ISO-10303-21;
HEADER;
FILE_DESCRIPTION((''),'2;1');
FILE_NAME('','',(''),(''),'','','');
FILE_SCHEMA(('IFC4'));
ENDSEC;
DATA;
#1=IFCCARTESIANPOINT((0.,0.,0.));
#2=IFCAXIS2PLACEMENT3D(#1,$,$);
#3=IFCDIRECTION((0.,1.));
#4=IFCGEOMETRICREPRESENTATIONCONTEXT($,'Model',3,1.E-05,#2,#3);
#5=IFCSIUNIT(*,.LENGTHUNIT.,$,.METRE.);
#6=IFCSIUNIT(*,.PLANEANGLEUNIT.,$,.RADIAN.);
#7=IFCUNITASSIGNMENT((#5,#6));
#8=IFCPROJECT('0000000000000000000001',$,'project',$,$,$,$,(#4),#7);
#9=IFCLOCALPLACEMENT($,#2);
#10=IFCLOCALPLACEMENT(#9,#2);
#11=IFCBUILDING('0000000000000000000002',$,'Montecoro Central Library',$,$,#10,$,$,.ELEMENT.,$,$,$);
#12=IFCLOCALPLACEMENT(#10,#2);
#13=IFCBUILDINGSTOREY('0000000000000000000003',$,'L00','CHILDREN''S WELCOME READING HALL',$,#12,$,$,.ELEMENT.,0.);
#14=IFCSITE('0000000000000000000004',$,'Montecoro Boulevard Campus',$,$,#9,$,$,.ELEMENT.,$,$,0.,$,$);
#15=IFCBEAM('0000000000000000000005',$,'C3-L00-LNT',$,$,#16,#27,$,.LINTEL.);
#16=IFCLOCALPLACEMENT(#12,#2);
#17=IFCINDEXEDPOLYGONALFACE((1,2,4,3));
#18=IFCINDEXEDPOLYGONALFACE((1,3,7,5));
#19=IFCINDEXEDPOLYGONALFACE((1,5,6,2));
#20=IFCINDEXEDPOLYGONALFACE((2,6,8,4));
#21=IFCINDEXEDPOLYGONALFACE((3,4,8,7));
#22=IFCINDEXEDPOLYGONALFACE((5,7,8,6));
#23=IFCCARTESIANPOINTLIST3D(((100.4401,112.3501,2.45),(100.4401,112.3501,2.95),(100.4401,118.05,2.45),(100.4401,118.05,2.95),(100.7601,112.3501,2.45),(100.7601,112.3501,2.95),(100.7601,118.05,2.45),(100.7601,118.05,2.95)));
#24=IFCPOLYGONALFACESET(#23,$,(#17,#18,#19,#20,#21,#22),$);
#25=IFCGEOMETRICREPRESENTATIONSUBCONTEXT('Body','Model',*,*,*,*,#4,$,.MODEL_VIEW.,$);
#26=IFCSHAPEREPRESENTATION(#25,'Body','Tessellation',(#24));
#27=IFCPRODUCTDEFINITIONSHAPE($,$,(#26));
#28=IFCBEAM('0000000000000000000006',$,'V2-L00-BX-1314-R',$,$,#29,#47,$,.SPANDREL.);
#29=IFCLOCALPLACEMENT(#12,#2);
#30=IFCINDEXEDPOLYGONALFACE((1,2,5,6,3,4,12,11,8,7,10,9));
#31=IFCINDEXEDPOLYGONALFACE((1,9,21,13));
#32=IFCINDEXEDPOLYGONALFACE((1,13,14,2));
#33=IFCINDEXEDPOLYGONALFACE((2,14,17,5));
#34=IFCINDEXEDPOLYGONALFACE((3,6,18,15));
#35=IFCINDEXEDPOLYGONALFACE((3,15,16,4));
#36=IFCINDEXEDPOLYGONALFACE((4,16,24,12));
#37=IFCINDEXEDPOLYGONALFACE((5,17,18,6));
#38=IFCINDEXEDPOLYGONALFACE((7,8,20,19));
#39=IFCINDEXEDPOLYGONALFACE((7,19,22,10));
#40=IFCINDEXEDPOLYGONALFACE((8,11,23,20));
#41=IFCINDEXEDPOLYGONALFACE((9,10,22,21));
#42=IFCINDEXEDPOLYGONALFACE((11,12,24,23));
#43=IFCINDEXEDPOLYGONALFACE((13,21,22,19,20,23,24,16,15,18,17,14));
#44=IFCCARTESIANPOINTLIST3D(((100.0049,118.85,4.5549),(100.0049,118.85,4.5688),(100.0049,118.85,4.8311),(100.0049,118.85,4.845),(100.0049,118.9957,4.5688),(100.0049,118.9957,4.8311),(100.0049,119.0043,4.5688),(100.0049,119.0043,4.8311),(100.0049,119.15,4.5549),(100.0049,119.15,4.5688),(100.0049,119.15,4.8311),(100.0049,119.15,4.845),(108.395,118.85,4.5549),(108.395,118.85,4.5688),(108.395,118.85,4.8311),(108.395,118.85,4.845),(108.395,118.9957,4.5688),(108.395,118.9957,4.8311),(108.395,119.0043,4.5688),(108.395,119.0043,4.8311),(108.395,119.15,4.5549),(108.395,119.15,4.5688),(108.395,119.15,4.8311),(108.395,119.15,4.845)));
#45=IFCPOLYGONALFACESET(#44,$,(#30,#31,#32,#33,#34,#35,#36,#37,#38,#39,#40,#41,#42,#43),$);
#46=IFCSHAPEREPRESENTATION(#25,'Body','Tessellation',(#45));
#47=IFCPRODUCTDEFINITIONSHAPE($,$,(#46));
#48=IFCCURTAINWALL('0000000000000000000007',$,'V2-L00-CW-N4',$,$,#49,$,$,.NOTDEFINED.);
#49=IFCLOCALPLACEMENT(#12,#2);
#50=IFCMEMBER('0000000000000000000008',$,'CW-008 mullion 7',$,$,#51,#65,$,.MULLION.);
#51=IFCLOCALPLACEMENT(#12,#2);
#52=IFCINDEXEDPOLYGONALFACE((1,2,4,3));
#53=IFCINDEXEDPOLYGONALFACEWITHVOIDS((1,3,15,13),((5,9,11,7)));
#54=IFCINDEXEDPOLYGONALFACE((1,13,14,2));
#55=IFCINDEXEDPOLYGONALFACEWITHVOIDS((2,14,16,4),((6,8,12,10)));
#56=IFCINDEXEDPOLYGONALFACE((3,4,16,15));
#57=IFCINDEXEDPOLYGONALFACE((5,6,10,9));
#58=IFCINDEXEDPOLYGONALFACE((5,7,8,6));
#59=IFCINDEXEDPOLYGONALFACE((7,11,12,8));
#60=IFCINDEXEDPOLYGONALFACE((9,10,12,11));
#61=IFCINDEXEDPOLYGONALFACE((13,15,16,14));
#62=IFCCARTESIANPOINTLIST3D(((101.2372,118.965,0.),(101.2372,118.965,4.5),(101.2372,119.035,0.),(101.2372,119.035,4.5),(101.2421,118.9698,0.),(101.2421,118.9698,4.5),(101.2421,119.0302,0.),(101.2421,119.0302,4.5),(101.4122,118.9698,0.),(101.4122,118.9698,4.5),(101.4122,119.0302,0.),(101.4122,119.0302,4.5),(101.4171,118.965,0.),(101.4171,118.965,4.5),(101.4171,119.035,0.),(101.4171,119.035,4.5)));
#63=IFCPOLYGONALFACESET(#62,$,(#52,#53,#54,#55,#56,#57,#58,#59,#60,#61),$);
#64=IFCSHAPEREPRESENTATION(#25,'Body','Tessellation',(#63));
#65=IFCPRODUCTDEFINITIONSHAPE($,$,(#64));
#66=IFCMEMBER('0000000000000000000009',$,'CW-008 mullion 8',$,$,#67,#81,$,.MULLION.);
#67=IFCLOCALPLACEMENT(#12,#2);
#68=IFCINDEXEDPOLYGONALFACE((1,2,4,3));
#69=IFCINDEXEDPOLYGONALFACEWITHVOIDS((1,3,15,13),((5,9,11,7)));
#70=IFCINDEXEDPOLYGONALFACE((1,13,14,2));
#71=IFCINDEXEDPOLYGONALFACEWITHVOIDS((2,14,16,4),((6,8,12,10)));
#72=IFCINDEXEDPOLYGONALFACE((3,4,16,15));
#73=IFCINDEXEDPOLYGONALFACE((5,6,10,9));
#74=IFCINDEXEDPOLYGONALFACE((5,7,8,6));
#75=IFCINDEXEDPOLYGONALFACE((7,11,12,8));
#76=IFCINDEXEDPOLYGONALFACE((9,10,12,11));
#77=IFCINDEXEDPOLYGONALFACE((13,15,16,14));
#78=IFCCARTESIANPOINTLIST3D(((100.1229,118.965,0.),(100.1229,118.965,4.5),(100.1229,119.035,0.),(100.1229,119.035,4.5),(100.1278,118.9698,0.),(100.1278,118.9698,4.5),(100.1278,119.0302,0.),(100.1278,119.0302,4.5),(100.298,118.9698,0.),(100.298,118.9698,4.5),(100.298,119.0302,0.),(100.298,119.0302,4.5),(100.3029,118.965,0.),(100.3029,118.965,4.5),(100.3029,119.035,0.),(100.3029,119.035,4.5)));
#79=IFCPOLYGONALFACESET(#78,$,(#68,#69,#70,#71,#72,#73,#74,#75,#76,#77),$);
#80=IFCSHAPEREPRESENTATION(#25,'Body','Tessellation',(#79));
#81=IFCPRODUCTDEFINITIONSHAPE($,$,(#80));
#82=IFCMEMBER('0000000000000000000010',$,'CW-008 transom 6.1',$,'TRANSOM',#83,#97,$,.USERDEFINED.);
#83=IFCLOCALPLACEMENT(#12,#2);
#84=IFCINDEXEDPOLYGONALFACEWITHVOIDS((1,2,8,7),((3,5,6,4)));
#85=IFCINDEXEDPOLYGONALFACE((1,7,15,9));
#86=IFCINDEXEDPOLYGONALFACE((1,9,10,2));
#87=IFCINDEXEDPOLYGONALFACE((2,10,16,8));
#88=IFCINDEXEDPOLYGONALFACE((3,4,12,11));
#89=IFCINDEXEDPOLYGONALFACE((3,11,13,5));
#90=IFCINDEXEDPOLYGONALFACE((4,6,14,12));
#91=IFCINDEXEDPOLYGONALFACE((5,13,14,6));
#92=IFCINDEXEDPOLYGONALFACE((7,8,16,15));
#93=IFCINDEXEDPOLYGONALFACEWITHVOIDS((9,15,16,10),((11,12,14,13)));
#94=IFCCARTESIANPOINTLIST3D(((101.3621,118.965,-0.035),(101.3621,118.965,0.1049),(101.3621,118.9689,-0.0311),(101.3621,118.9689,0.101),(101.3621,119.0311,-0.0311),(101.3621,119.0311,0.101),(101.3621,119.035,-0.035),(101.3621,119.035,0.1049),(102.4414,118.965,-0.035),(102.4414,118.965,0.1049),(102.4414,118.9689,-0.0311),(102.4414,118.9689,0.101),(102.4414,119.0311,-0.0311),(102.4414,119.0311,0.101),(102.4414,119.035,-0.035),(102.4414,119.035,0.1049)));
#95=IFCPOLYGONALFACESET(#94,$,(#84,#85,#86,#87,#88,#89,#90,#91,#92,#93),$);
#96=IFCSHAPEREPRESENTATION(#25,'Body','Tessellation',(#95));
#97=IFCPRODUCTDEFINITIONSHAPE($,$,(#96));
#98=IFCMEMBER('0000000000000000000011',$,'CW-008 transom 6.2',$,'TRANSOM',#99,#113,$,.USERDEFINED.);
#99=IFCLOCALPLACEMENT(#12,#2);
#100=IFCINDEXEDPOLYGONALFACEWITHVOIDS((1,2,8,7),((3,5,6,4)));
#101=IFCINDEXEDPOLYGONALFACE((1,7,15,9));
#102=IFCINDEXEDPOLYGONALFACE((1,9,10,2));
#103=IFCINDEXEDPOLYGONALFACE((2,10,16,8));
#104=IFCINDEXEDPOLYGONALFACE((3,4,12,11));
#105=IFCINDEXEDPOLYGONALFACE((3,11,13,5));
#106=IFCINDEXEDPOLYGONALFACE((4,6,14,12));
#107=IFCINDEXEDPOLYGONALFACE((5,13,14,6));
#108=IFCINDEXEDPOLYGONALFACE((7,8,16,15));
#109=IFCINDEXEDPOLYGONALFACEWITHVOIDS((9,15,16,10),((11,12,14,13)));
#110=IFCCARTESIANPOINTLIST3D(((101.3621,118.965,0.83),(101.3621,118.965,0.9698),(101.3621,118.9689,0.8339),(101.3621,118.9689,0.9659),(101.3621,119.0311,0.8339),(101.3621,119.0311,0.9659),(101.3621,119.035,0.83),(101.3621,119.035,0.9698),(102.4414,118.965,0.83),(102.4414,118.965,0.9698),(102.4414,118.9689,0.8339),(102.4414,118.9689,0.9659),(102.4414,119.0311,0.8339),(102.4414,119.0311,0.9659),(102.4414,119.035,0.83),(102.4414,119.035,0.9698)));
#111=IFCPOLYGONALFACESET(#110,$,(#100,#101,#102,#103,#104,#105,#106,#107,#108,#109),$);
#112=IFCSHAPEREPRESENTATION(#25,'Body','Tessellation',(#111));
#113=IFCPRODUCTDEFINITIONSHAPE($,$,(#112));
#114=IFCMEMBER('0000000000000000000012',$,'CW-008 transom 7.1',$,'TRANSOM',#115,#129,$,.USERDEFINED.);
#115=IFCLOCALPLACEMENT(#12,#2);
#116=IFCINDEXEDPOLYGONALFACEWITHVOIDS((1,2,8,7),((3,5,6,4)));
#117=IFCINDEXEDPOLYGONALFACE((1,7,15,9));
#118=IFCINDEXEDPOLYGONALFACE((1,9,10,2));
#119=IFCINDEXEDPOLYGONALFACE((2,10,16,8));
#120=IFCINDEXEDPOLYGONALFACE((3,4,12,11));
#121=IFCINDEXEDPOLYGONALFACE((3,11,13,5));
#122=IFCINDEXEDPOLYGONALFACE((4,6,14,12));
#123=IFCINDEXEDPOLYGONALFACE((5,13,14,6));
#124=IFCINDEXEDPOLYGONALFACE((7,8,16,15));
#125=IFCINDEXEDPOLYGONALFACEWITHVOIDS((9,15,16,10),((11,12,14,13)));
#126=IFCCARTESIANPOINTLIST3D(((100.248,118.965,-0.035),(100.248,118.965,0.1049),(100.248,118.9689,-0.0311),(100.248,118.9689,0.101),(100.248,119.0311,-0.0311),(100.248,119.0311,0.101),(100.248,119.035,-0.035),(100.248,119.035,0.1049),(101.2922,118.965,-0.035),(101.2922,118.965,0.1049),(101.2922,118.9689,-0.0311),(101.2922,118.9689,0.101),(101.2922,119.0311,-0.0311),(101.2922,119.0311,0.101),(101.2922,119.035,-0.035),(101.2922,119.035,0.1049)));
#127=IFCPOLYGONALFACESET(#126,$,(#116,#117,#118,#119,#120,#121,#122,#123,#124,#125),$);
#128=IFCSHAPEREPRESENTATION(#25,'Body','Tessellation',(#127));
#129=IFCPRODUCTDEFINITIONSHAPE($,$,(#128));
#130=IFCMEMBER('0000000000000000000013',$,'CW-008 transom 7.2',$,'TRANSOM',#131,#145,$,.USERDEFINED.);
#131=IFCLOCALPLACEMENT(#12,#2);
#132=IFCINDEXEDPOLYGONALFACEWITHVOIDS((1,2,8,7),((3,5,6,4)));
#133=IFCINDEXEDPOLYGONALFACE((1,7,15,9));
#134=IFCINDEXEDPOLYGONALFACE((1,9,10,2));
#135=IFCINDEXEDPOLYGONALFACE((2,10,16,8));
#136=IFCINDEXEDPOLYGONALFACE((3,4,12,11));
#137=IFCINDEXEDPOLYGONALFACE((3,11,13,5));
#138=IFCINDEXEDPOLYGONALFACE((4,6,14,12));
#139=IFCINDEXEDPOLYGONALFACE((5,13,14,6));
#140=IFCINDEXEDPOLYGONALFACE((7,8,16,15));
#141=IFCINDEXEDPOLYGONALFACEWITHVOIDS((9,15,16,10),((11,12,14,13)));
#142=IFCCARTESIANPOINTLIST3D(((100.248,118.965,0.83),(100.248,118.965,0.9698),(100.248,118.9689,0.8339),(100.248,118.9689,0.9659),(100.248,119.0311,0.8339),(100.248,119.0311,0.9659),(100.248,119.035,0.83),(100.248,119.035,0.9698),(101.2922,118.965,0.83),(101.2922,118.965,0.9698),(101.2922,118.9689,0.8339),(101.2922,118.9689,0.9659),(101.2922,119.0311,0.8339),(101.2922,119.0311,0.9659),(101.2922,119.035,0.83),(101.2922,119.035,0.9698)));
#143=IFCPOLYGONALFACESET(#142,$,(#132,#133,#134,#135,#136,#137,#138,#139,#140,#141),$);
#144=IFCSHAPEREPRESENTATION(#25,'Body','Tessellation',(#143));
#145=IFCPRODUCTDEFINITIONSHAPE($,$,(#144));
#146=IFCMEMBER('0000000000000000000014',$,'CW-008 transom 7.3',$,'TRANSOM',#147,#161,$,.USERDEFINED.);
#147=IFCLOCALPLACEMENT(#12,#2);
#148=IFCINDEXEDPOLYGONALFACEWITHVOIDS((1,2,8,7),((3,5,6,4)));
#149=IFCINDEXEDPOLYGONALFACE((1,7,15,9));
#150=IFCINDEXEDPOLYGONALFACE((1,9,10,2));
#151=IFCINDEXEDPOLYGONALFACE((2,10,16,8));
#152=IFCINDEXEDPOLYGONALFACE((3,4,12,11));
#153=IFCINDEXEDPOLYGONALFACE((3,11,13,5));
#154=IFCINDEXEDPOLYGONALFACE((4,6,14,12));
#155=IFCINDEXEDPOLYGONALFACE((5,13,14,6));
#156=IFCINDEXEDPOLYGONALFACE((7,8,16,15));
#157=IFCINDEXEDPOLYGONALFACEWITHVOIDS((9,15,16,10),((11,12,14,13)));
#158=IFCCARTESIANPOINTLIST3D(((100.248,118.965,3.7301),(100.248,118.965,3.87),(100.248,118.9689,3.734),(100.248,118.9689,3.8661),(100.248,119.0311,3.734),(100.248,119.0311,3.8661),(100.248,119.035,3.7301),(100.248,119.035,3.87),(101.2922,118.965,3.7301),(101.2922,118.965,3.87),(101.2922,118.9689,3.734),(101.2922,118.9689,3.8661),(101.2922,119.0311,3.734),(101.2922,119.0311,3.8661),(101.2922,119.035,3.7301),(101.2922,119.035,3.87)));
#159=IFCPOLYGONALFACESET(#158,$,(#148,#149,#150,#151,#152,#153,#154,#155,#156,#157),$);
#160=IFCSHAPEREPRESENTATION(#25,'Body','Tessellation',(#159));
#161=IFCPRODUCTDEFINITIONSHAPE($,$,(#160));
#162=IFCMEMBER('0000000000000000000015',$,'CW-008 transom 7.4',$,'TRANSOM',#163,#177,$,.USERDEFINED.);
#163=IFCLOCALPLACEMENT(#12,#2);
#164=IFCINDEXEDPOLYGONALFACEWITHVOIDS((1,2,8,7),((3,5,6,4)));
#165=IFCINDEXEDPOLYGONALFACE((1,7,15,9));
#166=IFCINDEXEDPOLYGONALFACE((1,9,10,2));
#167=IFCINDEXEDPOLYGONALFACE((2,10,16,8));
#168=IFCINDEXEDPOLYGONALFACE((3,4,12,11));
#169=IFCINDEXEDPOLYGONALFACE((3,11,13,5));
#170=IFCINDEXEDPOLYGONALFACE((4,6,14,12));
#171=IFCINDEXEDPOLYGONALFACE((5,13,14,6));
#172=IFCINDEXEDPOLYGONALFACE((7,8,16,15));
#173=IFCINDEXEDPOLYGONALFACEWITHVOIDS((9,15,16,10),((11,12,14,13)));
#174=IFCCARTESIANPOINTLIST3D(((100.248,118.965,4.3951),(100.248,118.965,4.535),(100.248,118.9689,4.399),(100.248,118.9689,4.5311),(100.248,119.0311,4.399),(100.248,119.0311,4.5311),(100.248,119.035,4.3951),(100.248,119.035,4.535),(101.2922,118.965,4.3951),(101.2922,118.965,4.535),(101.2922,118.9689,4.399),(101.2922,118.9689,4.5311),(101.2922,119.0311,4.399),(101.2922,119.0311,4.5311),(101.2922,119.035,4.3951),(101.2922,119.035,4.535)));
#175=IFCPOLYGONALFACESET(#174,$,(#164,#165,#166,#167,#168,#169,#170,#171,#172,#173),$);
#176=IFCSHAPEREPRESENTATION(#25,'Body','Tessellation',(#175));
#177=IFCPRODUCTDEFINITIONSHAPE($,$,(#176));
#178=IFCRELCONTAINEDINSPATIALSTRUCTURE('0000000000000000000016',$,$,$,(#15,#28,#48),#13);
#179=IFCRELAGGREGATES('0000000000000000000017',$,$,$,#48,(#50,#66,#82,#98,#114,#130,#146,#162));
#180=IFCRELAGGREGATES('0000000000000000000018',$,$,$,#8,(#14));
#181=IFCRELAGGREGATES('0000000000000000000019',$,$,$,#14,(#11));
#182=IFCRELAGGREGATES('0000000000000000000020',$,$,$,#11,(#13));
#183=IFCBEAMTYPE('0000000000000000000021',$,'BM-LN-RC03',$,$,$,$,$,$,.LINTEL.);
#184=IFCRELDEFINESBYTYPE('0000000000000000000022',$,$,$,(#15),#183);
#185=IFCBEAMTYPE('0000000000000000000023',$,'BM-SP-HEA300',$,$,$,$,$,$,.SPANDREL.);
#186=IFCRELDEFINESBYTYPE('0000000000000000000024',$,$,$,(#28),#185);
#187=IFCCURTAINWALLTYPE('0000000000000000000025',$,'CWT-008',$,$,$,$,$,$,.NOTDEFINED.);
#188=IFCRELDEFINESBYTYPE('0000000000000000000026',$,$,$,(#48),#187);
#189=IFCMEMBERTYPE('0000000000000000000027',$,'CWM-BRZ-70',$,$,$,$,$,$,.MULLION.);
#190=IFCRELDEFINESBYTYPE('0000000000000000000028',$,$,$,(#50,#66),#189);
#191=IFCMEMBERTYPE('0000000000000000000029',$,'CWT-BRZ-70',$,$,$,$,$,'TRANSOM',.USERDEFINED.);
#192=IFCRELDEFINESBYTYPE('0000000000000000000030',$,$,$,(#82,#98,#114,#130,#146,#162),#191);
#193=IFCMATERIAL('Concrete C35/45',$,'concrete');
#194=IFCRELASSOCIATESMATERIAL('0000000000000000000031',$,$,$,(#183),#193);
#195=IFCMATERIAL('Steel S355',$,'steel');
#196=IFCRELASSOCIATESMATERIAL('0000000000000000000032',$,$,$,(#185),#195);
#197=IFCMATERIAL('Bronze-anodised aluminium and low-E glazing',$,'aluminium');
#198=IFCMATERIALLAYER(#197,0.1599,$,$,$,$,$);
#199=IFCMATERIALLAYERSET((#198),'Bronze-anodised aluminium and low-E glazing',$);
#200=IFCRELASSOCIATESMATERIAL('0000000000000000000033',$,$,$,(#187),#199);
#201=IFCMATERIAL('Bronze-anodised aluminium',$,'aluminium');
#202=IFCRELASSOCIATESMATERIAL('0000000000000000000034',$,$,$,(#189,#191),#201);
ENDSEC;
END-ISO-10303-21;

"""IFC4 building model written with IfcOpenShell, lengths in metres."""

from ifc_helpers import new_model, si_unit, direction, frame, origin, origin_2d, place, context, subcontext, project, spatial, rectangle, hollow_rectangle, i_section, extrude, material, layer, layer_set, material_profile, profile_set, type_object, element, aggregate, save


model = new_model("IFC4")

# Units and contexts
model_context = context("Model", 3, precision=1e-05, world=origin(), true_north=direction((0.0, 1.0)))
body_context = subcontext(model_context, "Body", "Model", "MODEL_VIEW")
ifc_project = project(units=[si_unit("LENGTHUNIT", "METRE"), si_unit("PLANEANGLEUNIT", "RADIAN")], contexts=[model_context])

# Site, building, storey
site_placement = place(None, origin())
site = spatial("IfcSite", under=ifc_project, at=site_placement, Name="Montecoro Boulevard Campus", CompositionType="ELEMENT", RefElevation=0.0)
building_placement = place(site_placement, origin())
building = spatial("IfcBuilding", under=site, at=building_placement, Name="Montecoro Central Library", CompositionType="ELEMENT")
storey_placement = place(building_placement, origin())
storey = spatial("IfcBuildingStorey", under=building, at=storey_placement, Name="L00", Description="CHILDREN'S WELCOME READING HALL", CompositionType="ELEMENT", Elevation=0.0)

# Beams
ifc_material_1 = material(Name="Concrete C35/45", Category="concrete")
ifc_material_profile_1 = material_profile(ifc_material_1, rectangle(XDim=0.3201, YDim=0.5, at=origin_2d()), Name="RC LNT 500x320")
ifc_profile_set_1 = profile_set([ifc_material_profile_1], Name="Concrete C35/45")
beam_type_1 = type_object("IfcBeamType", Name="BM-LN-RC03", PredefinedType="LINTEL", material=ifc_profile_set_1)
beam_1_placement = place(storey_placement, frame((100.6001, 112.3501, 2.7), z_axis=(0.0, 1.0, 0.0), x_axis=(-1.0, 0.0, 0.0)))
element("IfcBeam", 1, at=beam_1_placement, inside=storey, type_object=beam_type_1, Name="C3-L00-LNT", PredefinedType="LINTEL", context=body_context, shape_type="SweptSolid", body=[
    extrude(rectangle(XDim=0.3201, YDim=0.5, at=origin_2d()), origin(), (0.0, 0.0, 1.0), 5.7),
])
ifc_material_2 = material(Name="Steel S355", Category="steel")
ifc_material_profile_2 = material_profile(ifc_material_2, i_section(OverallWidth=0.3, OverallDepth=0.29, WebThickness=0.0085, FlangeThickness=0.0139, at=origin_2d()), Name="HEA 300")
ifc_profile_set_2 = profile_set([ifc_material_profile_2], Name="Steel S355")
beam_type_2 = type_object("IfcBeamType", Name="BM-SP-HEA300", PredefinedType="SPANDREL", material=ifc_profile_set_2)
beam_2_placement = place(storey_placement, frame((100.0049, 119.0, 4.7), z_axis=(1.0, 0.0, 0.0), x_axis=(0.0, 1.0, 0.0)))
element("IfcBeam", 2, at=beam_2_placement, inside=storey, type_object=beam_type_2, Name="V2-L00-BX-1314-R", PredefinedType="SPANDREL", context=body_context, shape_type="SweptSolid", body=[
    extrude(i_section(OverallWidth=0.3, OverallDepth=0.29, WebThickness=0.0085, FlangeThickness=0.0139, at=origin_2d()), origin(), (0.0, 0.0, 1.0), 8.3901),
])

# Curtain wall, members
ifc_material_3 = material(Name="Bronze-anodised aluminium and low-E glazing", Category="aluminium")
ifc_layer_1 = layer(ifc_material_3, 0.1599)
ifc_layer_set_1 = layer_set([ifc_layer_1], Name="Bronze-anodised aluminium and low-E glazing")
curtain_wall_type = type_object("IfcCurtainWallType", Name="CWT-008", PredefinedType="NOTDEFINED", material=ifc_layer_set_1)
curtain_wall_placement = place(storey_placement, origin())
curtain_wall = element("IfcCurtainWall", 3, at=curtain_wall_placement, inside=storey, type_object=curtain_wall_type, Name="V2-L00-CW-N4", PredefinedType="NOTDEFINED")
ifc_material_4 = material(Name="Bronze-anodised aluminium", Category="aluminium")
ifc_material_profile_3 = material_profile(ifc_material_4, hollow_rectangle(XDim=0.0701, YDim=0.1799, WallThickness=0.0049, at=origin_2d()), Name="CWM 180x70x5.0")
ifc_profile_set_3 = profile_set([ifc_material_profile_3], Name="Bronze-anodised aluminium")
member_type_1 = type_object("IfcMemberType", Name="CWM-BRZ-70", PredefinedType="MULLION", material=ifc_profile_set_3)
member_1_placement = place(storey_placement, frame((101.3271, 119.0, 0.0), z_axis=(0.0, 0.0, 1.0), x_axis=(0.0, -1.0, 0.0)))
member_1 = element("IfcMember", 4, at=member_1_placement, type_object=member_type_1, Name="CW-008 mullion 7", PredefinedType="MULLION", context=body_context, shape_type="SweptSolid", body=[
    extrude(hollow_rectangle(XDim=0.0701, YDim=0.1799, WallThickness=0.0049, at=origin_2d()), origin(), (0.0, 0.0, 1.0), 4.5),
])
member_2_placement = place(storey_placement, frame((100.2129, 119.0, 0.0), z_axis=(0.0, 0.0, 1.0), x_axis=(0.0, -1.0, 0.0)))
member_2 = element("IfcMember", 5, at=member_2_placement, type_object=member_type_1, Name="CW-008 mullion 8", PredefinedType="MULLION", context=body_context, shape_type="SweptSolid", body=[
    extrude(hollow_rectangle(XDim=0.0701, YDim=0.1799, WallThickness=0.0049, at=origin_2d()), origin(), (0.0, 0.0, 1.0), 4.5),
])
ifc_material_profile_4 = material_profile(ifc_material_4, hollow_rectangle(XDim=0.0701, YDim=0.1399, WallThickness=0.0039, at=origin_2d()), Name="CWT 140x70x4.0")
ifc_profile_set_4 = profile_set([ifc_material_profile_4], Name="Bronze-anodised aluminium")
member_type_2 = type_object("IfcMemberType", Name="CWT-BRZ-70", ElementType="TRANSOM", PredefinedType="USERDEFINED", material=ifc_profile_set_4)
member_3_placement = place(storey_placement, frame((102.4414, 119.0, 0.0349), z_axis=(-1.0, 0.0, 0.0), x_axis=(0.0, -1.0, 0.0)))
member_3 = element("IfcMember", 6, at=member_3_placement, type_object=member_type_2, Name="CW-008 transom 6.1", ObjectType="TRANSOM", PredefinedType="USERDEFINED", context=body_context, shape_type="SweptSolid", body=[
    extrude(hollow_rectangle(XDim=0.0701, YDim=0.1399, WallThickness=0.0039, at=origin_2d()), origin(), (0.0, 0.0, 1.0), 1.0793),
])
member_4_placement = place(storey_placement, frame((102.4414, 119.0, 0.8999), z_axis=(-1.0, 0.0, 0.0), x_axis=(0.0, -1.0, 0.0)))
member_4 = element("IfcMember", 7, at=member_4_placement, type_object=member_type_2, Name="CW-008 transom 6.2", ObjectType="TRANSOM", PredefinedType="USERDEFINED", context=body_context, shape_type="SweptSolid", body=[
    extrude(hollow_rectangle(XDim=0.0701, YDim=0.1399, WallThickness=0.0039, at=origin_2d()), origin(), (0.0, 0.0, 1.0), 1.0793),
])
member_5_placement = place(storey_placement, frame((101.2922, 119.0, 0.0349), z_axis=(-1.0, 0.0, 0.0), x_axis=(0.0, -1.0, 0.0)))
member_5 = element("IfcMember", 8, at=member_5_placement, type_object=member_type_2, Name="CW-008 transom 7.1", ObjectType="TRANSOM", PredefinedType="USERDEFINED", context=body_context, shape_type="SweptSolid", body=[
    extrude(hollow_rectangle(XDim=0.0701, YDim=0.1399, WallThickness=0.0039, at=origin_2d()), origin(), (0.0, 0.0, 1.0), 1.0442),
])
member_6_placement = place(storey_placement, frame((101.2922, 119.0, 0.8999), z_axis=(-1.0, 0.0, 0.0), x_axis=(0.0, -1.0, 0.0)))
member_6 = element("IfcMember", 9, at=member_6_placement, type_object=member_type_2, Name="CW-008 transom 7.2", ObjectType="TRANSOM", PredefinedType="USERDEFINED", context=body_context, shape_type="SweptSolid", body=[
    extrude(hollow_rectangle(XDim=0.0701, YDim=0.1399, WallThickness=0.0039, at=origin_2d()), origin(), (0.0, 0.0, 1.0), 1.0442),
])
member_7_placement = place(storey_placement, frame((101.2922, 119.0, 3.8), z_axis=(-1.0, 0.0, 0.0), x_axis=(0.0, -1.0, 0.0)))
member_7 = element("IfcMember", 10, at=member_7_placement, type_object=member_type_2, Name="CW-008 transom 7.3", ObjectType="TRANSOM", PredefinedType="USERDEFINED", context=body_context, shape_type="SweptSolid", body=[
    extrude(hollow_rectangle(XDim=0.0701, YDim=0.1399, WallThickness=0.0039, at=origin_2d()), origin(), (0.0, 0.0, 1.0), 1.0442),
])
member_8_placement = place(storey_placement, frame((101.2922, 119.0, 4.4651), z_axis=(-1.0, 0.0, 0.0), x_axis=(0.0, -1.0, 0.0)))
member_8 = element("IfcMember", 11, at=member_8_placement, type_object=member_type_2, Name="CW-008 transom 7.4", ObjectType="TRANSOM", PredefinedType="USERDEFINED", context=body_context, shape_type="SweptSolid", body=[
    extrude(hollow_rectangle(XDim=0.0701, YDim=0.1399, WallThickness=0.0039, at=origin_2d()), origin(), (0.0, 0.0, 1.0), 1.0442),
])
aggregate(curtain_wall, [member_1, member_2, member_3, member_4, member_5, member_6, member_7, member_8])

save(model, "model.ifc")
